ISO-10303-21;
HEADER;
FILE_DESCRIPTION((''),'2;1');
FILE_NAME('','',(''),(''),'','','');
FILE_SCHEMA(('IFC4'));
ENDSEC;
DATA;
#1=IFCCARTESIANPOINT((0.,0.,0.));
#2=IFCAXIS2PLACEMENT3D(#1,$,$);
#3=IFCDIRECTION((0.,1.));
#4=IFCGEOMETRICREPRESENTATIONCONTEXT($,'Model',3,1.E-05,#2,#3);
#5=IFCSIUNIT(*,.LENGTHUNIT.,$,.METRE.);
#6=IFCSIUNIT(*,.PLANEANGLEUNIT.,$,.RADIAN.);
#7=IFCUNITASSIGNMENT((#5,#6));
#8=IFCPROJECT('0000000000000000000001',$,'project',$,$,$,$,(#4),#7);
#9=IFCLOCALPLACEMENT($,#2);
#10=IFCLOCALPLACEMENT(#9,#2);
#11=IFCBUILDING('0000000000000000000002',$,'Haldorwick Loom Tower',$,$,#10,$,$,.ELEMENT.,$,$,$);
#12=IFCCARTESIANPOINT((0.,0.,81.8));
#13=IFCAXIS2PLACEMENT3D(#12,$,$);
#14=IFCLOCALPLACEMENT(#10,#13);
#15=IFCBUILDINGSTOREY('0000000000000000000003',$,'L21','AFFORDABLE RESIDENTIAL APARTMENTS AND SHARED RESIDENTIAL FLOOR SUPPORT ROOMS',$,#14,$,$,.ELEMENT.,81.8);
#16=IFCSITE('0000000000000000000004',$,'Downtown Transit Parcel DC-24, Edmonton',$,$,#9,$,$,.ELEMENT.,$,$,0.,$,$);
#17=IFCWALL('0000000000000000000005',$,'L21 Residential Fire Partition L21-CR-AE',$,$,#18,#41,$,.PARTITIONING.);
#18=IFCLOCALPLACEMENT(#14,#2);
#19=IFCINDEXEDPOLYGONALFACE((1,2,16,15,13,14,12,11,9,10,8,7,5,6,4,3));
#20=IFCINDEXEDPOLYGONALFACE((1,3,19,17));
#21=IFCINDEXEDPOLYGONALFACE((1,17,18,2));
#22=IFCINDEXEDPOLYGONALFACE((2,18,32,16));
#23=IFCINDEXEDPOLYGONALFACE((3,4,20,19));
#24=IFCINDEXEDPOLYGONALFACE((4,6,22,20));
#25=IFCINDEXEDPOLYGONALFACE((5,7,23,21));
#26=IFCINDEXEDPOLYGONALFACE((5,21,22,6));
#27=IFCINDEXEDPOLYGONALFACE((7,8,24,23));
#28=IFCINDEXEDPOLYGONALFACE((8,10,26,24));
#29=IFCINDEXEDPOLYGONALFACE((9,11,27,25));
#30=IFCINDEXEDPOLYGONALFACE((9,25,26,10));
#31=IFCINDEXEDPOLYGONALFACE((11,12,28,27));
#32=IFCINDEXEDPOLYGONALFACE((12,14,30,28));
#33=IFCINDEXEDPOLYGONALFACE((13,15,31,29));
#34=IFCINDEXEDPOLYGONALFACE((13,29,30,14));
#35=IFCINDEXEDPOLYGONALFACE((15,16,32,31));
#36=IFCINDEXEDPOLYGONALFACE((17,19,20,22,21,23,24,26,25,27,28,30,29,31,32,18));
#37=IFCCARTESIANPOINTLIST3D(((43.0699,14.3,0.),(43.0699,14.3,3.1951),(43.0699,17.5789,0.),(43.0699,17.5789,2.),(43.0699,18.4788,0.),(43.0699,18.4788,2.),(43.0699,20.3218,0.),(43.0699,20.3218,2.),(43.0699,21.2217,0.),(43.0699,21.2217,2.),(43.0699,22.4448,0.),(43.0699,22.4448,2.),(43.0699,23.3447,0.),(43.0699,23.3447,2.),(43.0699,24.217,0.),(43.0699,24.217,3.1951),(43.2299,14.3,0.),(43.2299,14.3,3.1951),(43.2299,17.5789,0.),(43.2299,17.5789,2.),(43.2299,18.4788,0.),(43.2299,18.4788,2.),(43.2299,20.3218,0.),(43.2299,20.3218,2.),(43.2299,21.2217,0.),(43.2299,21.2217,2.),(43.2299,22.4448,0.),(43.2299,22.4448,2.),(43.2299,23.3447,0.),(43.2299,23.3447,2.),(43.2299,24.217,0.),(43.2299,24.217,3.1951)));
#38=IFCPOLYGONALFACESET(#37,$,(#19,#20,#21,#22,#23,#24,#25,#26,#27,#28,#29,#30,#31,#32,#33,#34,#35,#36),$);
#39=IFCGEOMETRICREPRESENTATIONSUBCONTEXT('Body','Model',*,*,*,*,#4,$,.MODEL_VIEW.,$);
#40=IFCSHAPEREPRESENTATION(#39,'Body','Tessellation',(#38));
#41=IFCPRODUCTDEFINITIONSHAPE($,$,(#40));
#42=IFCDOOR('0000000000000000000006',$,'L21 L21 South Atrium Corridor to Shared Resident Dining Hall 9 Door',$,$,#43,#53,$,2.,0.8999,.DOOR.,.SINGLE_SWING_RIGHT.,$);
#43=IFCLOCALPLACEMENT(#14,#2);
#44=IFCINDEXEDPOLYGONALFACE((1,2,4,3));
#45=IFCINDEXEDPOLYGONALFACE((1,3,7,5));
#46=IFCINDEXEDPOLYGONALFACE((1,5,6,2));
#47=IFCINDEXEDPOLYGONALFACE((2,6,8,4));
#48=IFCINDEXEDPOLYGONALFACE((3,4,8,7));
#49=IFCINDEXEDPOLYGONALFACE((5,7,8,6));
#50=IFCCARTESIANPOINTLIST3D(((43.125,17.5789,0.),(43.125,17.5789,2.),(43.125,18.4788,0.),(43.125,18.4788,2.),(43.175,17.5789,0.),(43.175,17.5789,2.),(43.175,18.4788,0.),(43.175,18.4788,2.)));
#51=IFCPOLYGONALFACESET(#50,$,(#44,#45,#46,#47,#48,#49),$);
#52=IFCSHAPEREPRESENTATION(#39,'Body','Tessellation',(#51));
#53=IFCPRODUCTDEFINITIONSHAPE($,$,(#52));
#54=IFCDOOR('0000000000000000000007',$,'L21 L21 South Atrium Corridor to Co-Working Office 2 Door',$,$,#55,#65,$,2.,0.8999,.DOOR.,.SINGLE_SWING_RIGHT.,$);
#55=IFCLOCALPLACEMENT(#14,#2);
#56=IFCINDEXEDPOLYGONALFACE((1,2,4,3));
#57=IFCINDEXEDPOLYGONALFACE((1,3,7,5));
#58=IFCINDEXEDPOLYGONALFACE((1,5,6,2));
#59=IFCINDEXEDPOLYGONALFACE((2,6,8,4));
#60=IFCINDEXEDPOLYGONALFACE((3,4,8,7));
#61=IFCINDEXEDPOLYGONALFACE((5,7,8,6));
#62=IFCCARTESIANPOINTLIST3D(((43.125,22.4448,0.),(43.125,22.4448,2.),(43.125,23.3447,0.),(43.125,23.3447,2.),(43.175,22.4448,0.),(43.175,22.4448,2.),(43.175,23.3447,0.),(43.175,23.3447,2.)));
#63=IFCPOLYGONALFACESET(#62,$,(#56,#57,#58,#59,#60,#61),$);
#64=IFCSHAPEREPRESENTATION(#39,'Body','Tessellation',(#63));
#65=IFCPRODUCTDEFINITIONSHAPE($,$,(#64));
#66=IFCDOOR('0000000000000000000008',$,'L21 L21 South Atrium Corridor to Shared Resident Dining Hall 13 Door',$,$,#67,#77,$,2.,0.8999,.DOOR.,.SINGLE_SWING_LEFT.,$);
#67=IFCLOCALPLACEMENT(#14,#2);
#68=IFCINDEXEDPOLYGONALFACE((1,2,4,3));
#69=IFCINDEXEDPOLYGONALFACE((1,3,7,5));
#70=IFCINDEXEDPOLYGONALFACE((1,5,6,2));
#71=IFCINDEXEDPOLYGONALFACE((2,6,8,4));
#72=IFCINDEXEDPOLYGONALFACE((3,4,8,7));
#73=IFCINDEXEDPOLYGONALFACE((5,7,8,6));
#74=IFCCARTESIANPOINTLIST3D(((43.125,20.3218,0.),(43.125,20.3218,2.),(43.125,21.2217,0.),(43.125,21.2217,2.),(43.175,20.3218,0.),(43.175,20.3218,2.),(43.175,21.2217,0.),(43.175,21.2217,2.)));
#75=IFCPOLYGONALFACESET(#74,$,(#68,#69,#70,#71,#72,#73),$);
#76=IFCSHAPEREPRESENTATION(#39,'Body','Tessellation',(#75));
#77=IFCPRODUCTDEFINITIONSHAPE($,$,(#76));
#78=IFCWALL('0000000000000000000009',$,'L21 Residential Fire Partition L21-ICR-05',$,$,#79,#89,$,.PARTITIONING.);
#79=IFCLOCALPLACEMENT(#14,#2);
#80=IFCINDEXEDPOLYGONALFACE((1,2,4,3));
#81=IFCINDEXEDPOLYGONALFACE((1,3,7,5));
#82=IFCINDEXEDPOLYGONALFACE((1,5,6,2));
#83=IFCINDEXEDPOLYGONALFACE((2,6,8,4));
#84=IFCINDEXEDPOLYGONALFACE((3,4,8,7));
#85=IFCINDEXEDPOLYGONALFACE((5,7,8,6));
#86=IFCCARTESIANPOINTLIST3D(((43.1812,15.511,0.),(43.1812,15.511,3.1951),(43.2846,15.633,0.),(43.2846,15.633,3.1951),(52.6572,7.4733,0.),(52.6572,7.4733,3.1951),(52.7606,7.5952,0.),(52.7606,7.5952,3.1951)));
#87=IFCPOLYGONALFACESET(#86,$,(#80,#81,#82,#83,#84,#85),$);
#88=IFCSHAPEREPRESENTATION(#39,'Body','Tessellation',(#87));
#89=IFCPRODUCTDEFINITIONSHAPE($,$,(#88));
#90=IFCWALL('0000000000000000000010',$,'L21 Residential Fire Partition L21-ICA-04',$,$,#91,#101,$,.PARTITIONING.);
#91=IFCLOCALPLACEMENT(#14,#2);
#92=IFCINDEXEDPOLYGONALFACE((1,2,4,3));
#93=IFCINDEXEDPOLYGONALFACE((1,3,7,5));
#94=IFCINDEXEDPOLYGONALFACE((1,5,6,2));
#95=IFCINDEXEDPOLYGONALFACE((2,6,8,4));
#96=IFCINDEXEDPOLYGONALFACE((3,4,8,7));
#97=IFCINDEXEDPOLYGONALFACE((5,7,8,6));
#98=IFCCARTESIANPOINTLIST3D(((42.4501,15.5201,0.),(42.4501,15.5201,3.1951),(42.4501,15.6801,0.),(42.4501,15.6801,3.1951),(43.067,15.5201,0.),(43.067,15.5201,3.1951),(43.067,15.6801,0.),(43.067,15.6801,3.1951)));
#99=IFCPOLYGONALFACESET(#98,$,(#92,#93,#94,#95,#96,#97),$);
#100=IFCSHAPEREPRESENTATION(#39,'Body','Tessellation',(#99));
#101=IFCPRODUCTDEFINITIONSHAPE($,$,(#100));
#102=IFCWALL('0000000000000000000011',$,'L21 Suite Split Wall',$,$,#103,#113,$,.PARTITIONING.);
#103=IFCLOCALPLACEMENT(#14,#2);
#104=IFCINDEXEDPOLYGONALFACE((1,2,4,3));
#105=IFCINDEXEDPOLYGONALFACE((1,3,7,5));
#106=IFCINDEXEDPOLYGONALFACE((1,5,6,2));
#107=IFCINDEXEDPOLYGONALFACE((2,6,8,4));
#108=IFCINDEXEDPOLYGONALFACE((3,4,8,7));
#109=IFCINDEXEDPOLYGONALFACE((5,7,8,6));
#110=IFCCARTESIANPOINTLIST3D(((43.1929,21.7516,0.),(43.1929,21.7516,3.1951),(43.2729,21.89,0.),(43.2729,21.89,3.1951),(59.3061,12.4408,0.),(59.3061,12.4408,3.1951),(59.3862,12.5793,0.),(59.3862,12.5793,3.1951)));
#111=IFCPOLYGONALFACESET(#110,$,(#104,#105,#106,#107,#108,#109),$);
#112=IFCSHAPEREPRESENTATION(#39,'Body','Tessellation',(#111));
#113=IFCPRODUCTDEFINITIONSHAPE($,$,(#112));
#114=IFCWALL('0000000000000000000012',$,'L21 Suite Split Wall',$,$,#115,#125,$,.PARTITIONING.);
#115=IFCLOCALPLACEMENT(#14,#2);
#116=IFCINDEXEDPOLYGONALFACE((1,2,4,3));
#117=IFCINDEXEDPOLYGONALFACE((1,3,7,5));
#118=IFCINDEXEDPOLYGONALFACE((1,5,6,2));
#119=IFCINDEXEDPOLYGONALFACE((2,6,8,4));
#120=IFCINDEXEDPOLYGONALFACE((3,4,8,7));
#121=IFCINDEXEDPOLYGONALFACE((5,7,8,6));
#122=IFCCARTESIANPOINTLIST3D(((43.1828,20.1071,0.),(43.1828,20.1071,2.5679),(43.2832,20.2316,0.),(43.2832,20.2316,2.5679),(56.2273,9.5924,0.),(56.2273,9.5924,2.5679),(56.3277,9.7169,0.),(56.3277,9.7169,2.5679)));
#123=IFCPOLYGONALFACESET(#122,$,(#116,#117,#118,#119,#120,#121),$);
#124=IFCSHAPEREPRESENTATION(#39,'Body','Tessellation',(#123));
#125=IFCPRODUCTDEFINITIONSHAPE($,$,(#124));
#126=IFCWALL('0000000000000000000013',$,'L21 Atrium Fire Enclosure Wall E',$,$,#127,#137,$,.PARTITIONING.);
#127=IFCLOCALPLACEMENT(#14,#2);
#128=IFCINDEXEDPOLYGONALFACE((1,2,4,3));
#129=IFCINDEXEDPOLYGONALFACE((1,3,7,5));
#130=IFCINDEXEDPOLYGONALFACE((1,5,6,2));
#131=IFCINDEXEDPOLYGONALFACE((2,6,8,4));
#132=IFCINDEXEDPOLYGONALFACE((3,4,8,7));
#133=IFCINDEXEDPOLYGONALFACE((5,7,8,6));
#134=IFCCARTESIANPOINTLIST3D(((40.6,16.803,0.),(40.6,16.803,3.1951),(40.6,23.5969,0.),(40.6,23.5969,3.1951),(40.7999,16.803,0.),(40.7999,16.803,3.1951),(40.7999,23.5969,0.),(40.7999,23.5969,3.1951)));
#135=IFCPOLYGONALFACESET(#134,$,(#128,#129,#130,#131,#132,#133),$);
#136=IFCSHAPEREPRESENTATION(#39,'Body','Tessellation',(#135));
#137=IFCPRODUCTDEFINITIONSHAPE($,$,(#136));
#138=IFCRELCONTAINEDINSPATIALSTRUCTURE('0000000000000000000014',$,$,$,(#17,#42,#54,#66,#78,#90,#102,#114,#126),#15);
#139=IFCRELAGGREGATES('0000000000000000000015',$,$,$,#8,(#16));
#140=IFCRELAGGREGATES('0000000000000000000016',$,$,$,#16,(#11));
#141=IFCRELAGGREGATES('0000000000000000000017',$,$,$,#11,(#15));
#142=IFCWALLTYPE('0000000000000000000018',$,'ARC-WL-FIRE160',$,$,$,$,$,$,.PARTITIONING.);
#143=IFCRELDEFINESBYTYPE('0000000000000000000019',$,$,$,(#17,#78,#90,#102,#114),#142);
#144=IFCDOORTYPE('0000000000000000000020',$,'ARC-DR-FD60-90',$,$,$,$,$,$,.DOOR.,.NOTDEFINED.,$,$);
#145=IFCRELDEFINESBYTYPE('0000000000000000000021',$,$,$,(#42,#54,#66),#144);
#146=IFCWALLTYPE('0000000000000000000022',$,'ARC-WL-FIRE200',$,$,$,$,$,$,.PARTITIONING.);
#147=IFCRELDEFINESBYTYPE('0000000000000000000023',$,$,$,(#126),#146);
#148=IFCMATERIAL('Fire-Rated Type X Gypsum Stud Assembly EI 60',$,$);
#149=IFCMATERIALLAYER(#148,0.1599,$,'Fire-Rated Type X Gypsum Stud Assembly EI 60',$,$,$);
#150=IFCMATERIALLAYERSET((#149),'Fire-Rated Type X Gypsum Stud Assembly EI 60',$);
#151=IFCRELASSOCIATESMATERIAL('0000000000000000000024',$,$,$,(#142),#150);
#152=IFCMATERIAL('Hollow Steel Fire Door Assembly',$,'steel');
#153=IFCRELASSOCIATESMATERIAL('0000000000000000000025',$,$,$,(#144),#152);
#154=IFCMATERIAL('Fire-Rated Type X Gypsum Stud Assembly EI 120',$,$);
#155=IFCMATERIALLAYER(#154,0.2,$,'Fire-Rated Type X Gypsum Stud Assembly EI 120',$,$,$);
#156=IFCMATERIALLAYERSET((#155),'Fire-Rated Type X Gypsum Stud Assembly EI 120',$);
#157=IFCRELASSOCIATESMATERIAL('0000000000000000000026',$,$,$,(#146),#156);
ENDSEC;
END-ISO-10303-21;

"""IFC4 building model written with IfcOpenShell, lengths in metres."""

from ifc_helpers import new_model, si_unit, direction, frame, frame_2d, origin, place, context, subcontext, project, spatial, rectangle, extrude, material, layer, layer_set, type_object, element, fill, save


model = new_model("IFC4")

# Units and contexts
model_context = context("Model", 3, precision=1e-05, world=origin(), true_north=direction((0.0, 1.0)))
body_context = subcontext(model_context, "Body", "Model", "MODEL_VIEW")
ifc_project = project(units=[si_unit("LENGTHUNIT", "METRE"), si_unit("PLANEANGLEUNIT", "RADIAN")], contexts=[model_context])

# Site, building, storey
site_placement = place(None, origin())
site = spatial("IfcSite", under=ifc_project, at=site_placement, Name="Downtown Transit Parcel DC-24, Edmonton", CompositionType="ELEMENT", RefElevation=0.0)
building_placement = place(site_placement, origin())
building = spatial("IfcBuilding", under=site, at=building_placement, Name="Haldorwick Loom Tower", CompositionType="ELEMENT")
storey_placement = place(building_placement, frame((0.0, 0.0, 81.8)))
storey = spatial("IfcBuildingStorey", under=building, at=storey_placement, Name="L21", Description="AFFORDABLE RESIDENTIAL APARTMENTS AND SHARED RESIDENTIAL FLOOR SUPPORT ROOMS", CompositionType="ELEMENT", Elevation=81.8)

# Wall, openings, doors
ifc_material_1 = material(Name="Fire-Rated Type X Gypsum Stud Assembly EI 60")
ifc_layer_1 = layer(ifc_material_1, 0.1599, Name="Fire-Rated Type X Gypsum Stud Assembly EI 60")
ifc_layer_set_1 = layer_set([ifc_layer_1], Name="Fire-Rated Type X Gypsum Stud Assembly EI 60")
wall_type_1 = type_object("IfcWallType", Name="ARC-WL-FIRE160", PredefinedType="PARTITIONING", material=ifc_layer_set_1)
wall_1_placement = place(storey_placement, frame((43.1499, 14.3, 0.0), z_axis=(0.0, 0.0, 1.0), x_axis=(0.0, 1.0, 0.0)))
wall_1 = element("IfcWall", 1, at=wall_1_placement, inside=storey, type_object=wall_type_1, Name="L21 Residential Fire Partition L21-CR-AE", PredefinedType="PARTITIONING", context=body_context, shape_type="SweptSolid", body=[
    extrude(rectangle(XDim=9.917, YDim=0.1599, at=frame_2d((4.9585, 0.0))), origin(), (0.0, 0.0, 1.0), 3.1951),
])
opening_1_placement = place(wall_1_placement, frame((3.2788, 0.0, 0.0)))
opening_1 = element("IfcOpeningElement", 2, at=opening_1_placement, cuts=wall_1, PredefinedType="OPENING", context=body_context, shape_type="SweptSolid", body=[
    extrude(rectangle(XDim=0.8999, YDim=2.0, at=frame_2d((0.45, 1.0))), frame((0.0, 0.0898, 0.0), z_axis=(0.0, -1.0, 0.0), x_axis=(1.0, 0.0, 0.0)), (0.0, 0.0, 1.0), 0.1799),
])
opening_2_placement = place(wall_1_placement, frame((8.1448, 0.0, 0.0)))
opening_2 = element("IfcOpeningElement", 3, at=opening_2_placement, cuts=wall_1, PredefinedType="OPENING", context=body_context, shape_type="SweptSolid", body=[
    extrude(rectangle(XDim=0.8999, YDim=2.0, at=frame_2d((0.45, 1.0))), frame((0.0, 0.0898, 0.0), z_axis=(0.0, -1.0, 0.0), x_axis=(1.0, 0.0, 0.0)), (0.0, 0.0, 1.0), 0.1799),
])
opening_3_placement = place(wall_1_placement, frame((6.0217, 0.0, 0.0)))
opening_3 = element("IfcOpeningElement", 4, at=opening_3_placement, cuts=wall_1, PredefinedType="OPENING", context=body_context, shape_type="SweptSolid", body=[
    extrude(rectangle(XDim=0.8999, YDim=2.0, at=frame_2d((0.45, 1.0))), frame((0.0, 0.0898, 0.0), z_axis=(0.0, -1.0, 0.0), x_axis=(1.0, 0.0, 0.0)), (0.0, 0.0, 1.0), 0.1799),
])
ifc_material_2 = material(Name="Hollow Steel Fire Door Assembly", Category="steel")
door_type = type_object("IfcDoorType", Name="ARC-DR-FD60-90", OperationType="NOTDEFINED", PredefinedType="DOOR", material=ifc_material_2)
door_1_placement = place(opening_1_placement, origin())
door_1 = element("IfcDoor", 5, at=door_1_placement, inside=storey, type_object=door_type, Name="L21 L21 South Atrium Corridor to Shared Resident Dining Hall 9 Door", OperationType="SINGLE_SWING_RIGHT", OverallHeight=2.0, OverallWidth=0.8999, PredefinedType="DOOR", context=body_context, shape_type="SweptSolid", body=[
    extrude(rectangle(XDim=0.8999, YDim=2.0, at=frame_2d((0.45, 1.0))), frame((0.0, 0.0249, 0.0), z_axis=(0.0, -1.0, 0.0), x_axis=(1.0, 0.0, 0.0)), (0.0, 0.0, 1.0), 0.05),
])
fill(opening_1, door_1)
door_2_placement = place(opening_2_placement, origin())
door_2 = element("IfcDoor", 6, at=door_2_placement, inside=storey, type_object=door_type, Name="L21 L21 South Atrium Corridor to Co-Working Office 2 Door", OperationType="SINGLE_SWING_RIGHT", OverallHeight=2.0, OverallWidth=0.8999, PredefinedType="DOOR", context=body_context, shape_type="SweptSolid", body=[
    extrude(rectangle(XDim=0.8999, YDim=2.0, at=frame_2d((0.45, 1.0))), frame((0.0, 0.0249, 0.0), z_axis=(0.0, -1.0, 0.0), x_axis=(1.0, 0.0, 0.0)), (0.0, 0.0, 1.0), 0.05),
])
fill(opening_2, door_2)
door_3_placement = place(opening_3_placement, origin())
door_3 = element("IfcDoor", 7, at=door_3_placement, inside=storey, type_object=door_type, Name="L21 L21 South Atrium Corridor to Shared Resident Dining Hall 13 Door", OperationType="SINGLE_SWING_LEFT", OverallHeight=2.0, OverallWidth=0.8999, PredefinedType="DOOR", context=body_context, shape_type="SweptSolid", body=[
    extrude(rectangle(XDim=0.8999, YDim=2.0, at=frame_2d((0.45, 1.0))), frame((0.0, 0.0249, 0.0), z_axis=(0.0, -1.0, 0.0), x_axis=(1.0, 0.0, 0.0)), (0.0, 0.0, 1.0), 0.05),
])
fill(opening_3, door_3)

# Walls
wall_2_placement = place(storey_placement, frame((43.2329, 15.572, 0.0), z_axis=(0.0, 0.0, 1.0), x_axis=(0.762607, -0.646862, 0.0)))
element("IfcWall", 8, at=wall_2_placement, inside=storey, type_object=wall_type_1, Name="L21 Residential Fire Partition L21-ICR-05", PredefinedType="PARTITIONING", context=body_context, shape_type="SweptSolid", body=[
    extrude(rectangle(XDim=12.4258, YDim=0.1599, at=frame_2d((6.2129, 0.0))), origin(), (0.0, 0.0, 1.0), 3.1951),
])
wall_3_placement = place(storey_placement, frame((42.45, 15.6001, 0.0), z_axis=(0.0, 0.0, 1.0), x_axis=(1.0, 0.0, 0.0)))
element("IfcWall", 9, at=wall_3_placement, inside=storey, type_object=wall_type_1, Name="L21 Residential Fire Partition L21-ICA-04", PredefinedType="PARTITIONING", context=body_context, shape_type="SweptSolid", body=[
    extrude(rectangle(XDim=0.6169, YDim=0.1599, at=frame_2d((0.3086, 0.0))), origin(), (0.0, 0.0, 1.0), 3.1951),
])
wall_4_placement = place(storey_placement, frame((43.2329, 21.8208, 0.0), z_axis=(0.0, 0.0, 1.0), x_axis=(0.865844, -0.500314, 0.0)))
element("IfcWall", 10, at=wall_4_placement, inside=storey, type_object=wall_type_1, Name="L21 Suite Split Wall", PredefinedType="PARTITIONING", context=body_context, shape_type="SweptSolid", body=[
    extrude(rectangle(XDim=18.6099, YDim=0.1599, at=frame_2d((9.3049, 0.0))), origin(), (0.0, 0.0, 1.0), 3.1951),
])
wall_5_placement = place(storey_placement, frame((43.2329, 20.1694, 0.0), z_axis=(0.0, 0.0, 1.0), x_axis=(0.77856, -0.62757, 0.0)))
element("IfcWall", 11, at=wall_5_placement, inside=storey, type_object=wall_type_1, Name="L21 Suite Split Wall", PredefinedType="PARTITIONING", context=body_context, shape_type="SweptSolid", body=[
    extrude(rectangle(XDim=16.7546, YDim=0.1599, at=frame_2d((8.3774, 0.0))), origin(), (0.0, 0.0, 1.0), 2.5679),
])
ifc_material_3 = material(Name="Fire-Rated Type X Gypsum Stud Assembly EI 120")
ifc_layer_2 = layer(ifc_material_3, 0.2, Name="Fire-Rated Type X Gypsum Stud Assembly EI 120")
ifc_layer_set_2 = layer_set([ifc_layer_2], Name="Fire-Rated Type X Gypsum Stud Assembly EI 120")
wall_type_2 = type_object("IfcWallType", Name="ARC-WL-FIRE200", PredefinedType="PARTITIONING", material=ifc_layer_set_2)
wall_6_placement = place(storey_placement, frame((40.7, 23.5969, 0.0), z_axis=(0.0, 0.0, 1.0), x_axis=(0.0, -1.0, 0.0)))
element("IfcWall", 12, at=wall_6_placement, inside=storey, type_object=wall_type_2, Name="L21 Atrium Fire Enclosure Wall E", PredefinedType="PARTITIONING", context=body_context, shape_type="SweptSolid", body=[
    extrude(rectangle(XDim=6.7939, YDim=0.2, at=frame_2d((3.397, 0.0))), origin(), (0.0, 0.0, 1.0), 3.1951),
])

save(model, "model.ifc")
